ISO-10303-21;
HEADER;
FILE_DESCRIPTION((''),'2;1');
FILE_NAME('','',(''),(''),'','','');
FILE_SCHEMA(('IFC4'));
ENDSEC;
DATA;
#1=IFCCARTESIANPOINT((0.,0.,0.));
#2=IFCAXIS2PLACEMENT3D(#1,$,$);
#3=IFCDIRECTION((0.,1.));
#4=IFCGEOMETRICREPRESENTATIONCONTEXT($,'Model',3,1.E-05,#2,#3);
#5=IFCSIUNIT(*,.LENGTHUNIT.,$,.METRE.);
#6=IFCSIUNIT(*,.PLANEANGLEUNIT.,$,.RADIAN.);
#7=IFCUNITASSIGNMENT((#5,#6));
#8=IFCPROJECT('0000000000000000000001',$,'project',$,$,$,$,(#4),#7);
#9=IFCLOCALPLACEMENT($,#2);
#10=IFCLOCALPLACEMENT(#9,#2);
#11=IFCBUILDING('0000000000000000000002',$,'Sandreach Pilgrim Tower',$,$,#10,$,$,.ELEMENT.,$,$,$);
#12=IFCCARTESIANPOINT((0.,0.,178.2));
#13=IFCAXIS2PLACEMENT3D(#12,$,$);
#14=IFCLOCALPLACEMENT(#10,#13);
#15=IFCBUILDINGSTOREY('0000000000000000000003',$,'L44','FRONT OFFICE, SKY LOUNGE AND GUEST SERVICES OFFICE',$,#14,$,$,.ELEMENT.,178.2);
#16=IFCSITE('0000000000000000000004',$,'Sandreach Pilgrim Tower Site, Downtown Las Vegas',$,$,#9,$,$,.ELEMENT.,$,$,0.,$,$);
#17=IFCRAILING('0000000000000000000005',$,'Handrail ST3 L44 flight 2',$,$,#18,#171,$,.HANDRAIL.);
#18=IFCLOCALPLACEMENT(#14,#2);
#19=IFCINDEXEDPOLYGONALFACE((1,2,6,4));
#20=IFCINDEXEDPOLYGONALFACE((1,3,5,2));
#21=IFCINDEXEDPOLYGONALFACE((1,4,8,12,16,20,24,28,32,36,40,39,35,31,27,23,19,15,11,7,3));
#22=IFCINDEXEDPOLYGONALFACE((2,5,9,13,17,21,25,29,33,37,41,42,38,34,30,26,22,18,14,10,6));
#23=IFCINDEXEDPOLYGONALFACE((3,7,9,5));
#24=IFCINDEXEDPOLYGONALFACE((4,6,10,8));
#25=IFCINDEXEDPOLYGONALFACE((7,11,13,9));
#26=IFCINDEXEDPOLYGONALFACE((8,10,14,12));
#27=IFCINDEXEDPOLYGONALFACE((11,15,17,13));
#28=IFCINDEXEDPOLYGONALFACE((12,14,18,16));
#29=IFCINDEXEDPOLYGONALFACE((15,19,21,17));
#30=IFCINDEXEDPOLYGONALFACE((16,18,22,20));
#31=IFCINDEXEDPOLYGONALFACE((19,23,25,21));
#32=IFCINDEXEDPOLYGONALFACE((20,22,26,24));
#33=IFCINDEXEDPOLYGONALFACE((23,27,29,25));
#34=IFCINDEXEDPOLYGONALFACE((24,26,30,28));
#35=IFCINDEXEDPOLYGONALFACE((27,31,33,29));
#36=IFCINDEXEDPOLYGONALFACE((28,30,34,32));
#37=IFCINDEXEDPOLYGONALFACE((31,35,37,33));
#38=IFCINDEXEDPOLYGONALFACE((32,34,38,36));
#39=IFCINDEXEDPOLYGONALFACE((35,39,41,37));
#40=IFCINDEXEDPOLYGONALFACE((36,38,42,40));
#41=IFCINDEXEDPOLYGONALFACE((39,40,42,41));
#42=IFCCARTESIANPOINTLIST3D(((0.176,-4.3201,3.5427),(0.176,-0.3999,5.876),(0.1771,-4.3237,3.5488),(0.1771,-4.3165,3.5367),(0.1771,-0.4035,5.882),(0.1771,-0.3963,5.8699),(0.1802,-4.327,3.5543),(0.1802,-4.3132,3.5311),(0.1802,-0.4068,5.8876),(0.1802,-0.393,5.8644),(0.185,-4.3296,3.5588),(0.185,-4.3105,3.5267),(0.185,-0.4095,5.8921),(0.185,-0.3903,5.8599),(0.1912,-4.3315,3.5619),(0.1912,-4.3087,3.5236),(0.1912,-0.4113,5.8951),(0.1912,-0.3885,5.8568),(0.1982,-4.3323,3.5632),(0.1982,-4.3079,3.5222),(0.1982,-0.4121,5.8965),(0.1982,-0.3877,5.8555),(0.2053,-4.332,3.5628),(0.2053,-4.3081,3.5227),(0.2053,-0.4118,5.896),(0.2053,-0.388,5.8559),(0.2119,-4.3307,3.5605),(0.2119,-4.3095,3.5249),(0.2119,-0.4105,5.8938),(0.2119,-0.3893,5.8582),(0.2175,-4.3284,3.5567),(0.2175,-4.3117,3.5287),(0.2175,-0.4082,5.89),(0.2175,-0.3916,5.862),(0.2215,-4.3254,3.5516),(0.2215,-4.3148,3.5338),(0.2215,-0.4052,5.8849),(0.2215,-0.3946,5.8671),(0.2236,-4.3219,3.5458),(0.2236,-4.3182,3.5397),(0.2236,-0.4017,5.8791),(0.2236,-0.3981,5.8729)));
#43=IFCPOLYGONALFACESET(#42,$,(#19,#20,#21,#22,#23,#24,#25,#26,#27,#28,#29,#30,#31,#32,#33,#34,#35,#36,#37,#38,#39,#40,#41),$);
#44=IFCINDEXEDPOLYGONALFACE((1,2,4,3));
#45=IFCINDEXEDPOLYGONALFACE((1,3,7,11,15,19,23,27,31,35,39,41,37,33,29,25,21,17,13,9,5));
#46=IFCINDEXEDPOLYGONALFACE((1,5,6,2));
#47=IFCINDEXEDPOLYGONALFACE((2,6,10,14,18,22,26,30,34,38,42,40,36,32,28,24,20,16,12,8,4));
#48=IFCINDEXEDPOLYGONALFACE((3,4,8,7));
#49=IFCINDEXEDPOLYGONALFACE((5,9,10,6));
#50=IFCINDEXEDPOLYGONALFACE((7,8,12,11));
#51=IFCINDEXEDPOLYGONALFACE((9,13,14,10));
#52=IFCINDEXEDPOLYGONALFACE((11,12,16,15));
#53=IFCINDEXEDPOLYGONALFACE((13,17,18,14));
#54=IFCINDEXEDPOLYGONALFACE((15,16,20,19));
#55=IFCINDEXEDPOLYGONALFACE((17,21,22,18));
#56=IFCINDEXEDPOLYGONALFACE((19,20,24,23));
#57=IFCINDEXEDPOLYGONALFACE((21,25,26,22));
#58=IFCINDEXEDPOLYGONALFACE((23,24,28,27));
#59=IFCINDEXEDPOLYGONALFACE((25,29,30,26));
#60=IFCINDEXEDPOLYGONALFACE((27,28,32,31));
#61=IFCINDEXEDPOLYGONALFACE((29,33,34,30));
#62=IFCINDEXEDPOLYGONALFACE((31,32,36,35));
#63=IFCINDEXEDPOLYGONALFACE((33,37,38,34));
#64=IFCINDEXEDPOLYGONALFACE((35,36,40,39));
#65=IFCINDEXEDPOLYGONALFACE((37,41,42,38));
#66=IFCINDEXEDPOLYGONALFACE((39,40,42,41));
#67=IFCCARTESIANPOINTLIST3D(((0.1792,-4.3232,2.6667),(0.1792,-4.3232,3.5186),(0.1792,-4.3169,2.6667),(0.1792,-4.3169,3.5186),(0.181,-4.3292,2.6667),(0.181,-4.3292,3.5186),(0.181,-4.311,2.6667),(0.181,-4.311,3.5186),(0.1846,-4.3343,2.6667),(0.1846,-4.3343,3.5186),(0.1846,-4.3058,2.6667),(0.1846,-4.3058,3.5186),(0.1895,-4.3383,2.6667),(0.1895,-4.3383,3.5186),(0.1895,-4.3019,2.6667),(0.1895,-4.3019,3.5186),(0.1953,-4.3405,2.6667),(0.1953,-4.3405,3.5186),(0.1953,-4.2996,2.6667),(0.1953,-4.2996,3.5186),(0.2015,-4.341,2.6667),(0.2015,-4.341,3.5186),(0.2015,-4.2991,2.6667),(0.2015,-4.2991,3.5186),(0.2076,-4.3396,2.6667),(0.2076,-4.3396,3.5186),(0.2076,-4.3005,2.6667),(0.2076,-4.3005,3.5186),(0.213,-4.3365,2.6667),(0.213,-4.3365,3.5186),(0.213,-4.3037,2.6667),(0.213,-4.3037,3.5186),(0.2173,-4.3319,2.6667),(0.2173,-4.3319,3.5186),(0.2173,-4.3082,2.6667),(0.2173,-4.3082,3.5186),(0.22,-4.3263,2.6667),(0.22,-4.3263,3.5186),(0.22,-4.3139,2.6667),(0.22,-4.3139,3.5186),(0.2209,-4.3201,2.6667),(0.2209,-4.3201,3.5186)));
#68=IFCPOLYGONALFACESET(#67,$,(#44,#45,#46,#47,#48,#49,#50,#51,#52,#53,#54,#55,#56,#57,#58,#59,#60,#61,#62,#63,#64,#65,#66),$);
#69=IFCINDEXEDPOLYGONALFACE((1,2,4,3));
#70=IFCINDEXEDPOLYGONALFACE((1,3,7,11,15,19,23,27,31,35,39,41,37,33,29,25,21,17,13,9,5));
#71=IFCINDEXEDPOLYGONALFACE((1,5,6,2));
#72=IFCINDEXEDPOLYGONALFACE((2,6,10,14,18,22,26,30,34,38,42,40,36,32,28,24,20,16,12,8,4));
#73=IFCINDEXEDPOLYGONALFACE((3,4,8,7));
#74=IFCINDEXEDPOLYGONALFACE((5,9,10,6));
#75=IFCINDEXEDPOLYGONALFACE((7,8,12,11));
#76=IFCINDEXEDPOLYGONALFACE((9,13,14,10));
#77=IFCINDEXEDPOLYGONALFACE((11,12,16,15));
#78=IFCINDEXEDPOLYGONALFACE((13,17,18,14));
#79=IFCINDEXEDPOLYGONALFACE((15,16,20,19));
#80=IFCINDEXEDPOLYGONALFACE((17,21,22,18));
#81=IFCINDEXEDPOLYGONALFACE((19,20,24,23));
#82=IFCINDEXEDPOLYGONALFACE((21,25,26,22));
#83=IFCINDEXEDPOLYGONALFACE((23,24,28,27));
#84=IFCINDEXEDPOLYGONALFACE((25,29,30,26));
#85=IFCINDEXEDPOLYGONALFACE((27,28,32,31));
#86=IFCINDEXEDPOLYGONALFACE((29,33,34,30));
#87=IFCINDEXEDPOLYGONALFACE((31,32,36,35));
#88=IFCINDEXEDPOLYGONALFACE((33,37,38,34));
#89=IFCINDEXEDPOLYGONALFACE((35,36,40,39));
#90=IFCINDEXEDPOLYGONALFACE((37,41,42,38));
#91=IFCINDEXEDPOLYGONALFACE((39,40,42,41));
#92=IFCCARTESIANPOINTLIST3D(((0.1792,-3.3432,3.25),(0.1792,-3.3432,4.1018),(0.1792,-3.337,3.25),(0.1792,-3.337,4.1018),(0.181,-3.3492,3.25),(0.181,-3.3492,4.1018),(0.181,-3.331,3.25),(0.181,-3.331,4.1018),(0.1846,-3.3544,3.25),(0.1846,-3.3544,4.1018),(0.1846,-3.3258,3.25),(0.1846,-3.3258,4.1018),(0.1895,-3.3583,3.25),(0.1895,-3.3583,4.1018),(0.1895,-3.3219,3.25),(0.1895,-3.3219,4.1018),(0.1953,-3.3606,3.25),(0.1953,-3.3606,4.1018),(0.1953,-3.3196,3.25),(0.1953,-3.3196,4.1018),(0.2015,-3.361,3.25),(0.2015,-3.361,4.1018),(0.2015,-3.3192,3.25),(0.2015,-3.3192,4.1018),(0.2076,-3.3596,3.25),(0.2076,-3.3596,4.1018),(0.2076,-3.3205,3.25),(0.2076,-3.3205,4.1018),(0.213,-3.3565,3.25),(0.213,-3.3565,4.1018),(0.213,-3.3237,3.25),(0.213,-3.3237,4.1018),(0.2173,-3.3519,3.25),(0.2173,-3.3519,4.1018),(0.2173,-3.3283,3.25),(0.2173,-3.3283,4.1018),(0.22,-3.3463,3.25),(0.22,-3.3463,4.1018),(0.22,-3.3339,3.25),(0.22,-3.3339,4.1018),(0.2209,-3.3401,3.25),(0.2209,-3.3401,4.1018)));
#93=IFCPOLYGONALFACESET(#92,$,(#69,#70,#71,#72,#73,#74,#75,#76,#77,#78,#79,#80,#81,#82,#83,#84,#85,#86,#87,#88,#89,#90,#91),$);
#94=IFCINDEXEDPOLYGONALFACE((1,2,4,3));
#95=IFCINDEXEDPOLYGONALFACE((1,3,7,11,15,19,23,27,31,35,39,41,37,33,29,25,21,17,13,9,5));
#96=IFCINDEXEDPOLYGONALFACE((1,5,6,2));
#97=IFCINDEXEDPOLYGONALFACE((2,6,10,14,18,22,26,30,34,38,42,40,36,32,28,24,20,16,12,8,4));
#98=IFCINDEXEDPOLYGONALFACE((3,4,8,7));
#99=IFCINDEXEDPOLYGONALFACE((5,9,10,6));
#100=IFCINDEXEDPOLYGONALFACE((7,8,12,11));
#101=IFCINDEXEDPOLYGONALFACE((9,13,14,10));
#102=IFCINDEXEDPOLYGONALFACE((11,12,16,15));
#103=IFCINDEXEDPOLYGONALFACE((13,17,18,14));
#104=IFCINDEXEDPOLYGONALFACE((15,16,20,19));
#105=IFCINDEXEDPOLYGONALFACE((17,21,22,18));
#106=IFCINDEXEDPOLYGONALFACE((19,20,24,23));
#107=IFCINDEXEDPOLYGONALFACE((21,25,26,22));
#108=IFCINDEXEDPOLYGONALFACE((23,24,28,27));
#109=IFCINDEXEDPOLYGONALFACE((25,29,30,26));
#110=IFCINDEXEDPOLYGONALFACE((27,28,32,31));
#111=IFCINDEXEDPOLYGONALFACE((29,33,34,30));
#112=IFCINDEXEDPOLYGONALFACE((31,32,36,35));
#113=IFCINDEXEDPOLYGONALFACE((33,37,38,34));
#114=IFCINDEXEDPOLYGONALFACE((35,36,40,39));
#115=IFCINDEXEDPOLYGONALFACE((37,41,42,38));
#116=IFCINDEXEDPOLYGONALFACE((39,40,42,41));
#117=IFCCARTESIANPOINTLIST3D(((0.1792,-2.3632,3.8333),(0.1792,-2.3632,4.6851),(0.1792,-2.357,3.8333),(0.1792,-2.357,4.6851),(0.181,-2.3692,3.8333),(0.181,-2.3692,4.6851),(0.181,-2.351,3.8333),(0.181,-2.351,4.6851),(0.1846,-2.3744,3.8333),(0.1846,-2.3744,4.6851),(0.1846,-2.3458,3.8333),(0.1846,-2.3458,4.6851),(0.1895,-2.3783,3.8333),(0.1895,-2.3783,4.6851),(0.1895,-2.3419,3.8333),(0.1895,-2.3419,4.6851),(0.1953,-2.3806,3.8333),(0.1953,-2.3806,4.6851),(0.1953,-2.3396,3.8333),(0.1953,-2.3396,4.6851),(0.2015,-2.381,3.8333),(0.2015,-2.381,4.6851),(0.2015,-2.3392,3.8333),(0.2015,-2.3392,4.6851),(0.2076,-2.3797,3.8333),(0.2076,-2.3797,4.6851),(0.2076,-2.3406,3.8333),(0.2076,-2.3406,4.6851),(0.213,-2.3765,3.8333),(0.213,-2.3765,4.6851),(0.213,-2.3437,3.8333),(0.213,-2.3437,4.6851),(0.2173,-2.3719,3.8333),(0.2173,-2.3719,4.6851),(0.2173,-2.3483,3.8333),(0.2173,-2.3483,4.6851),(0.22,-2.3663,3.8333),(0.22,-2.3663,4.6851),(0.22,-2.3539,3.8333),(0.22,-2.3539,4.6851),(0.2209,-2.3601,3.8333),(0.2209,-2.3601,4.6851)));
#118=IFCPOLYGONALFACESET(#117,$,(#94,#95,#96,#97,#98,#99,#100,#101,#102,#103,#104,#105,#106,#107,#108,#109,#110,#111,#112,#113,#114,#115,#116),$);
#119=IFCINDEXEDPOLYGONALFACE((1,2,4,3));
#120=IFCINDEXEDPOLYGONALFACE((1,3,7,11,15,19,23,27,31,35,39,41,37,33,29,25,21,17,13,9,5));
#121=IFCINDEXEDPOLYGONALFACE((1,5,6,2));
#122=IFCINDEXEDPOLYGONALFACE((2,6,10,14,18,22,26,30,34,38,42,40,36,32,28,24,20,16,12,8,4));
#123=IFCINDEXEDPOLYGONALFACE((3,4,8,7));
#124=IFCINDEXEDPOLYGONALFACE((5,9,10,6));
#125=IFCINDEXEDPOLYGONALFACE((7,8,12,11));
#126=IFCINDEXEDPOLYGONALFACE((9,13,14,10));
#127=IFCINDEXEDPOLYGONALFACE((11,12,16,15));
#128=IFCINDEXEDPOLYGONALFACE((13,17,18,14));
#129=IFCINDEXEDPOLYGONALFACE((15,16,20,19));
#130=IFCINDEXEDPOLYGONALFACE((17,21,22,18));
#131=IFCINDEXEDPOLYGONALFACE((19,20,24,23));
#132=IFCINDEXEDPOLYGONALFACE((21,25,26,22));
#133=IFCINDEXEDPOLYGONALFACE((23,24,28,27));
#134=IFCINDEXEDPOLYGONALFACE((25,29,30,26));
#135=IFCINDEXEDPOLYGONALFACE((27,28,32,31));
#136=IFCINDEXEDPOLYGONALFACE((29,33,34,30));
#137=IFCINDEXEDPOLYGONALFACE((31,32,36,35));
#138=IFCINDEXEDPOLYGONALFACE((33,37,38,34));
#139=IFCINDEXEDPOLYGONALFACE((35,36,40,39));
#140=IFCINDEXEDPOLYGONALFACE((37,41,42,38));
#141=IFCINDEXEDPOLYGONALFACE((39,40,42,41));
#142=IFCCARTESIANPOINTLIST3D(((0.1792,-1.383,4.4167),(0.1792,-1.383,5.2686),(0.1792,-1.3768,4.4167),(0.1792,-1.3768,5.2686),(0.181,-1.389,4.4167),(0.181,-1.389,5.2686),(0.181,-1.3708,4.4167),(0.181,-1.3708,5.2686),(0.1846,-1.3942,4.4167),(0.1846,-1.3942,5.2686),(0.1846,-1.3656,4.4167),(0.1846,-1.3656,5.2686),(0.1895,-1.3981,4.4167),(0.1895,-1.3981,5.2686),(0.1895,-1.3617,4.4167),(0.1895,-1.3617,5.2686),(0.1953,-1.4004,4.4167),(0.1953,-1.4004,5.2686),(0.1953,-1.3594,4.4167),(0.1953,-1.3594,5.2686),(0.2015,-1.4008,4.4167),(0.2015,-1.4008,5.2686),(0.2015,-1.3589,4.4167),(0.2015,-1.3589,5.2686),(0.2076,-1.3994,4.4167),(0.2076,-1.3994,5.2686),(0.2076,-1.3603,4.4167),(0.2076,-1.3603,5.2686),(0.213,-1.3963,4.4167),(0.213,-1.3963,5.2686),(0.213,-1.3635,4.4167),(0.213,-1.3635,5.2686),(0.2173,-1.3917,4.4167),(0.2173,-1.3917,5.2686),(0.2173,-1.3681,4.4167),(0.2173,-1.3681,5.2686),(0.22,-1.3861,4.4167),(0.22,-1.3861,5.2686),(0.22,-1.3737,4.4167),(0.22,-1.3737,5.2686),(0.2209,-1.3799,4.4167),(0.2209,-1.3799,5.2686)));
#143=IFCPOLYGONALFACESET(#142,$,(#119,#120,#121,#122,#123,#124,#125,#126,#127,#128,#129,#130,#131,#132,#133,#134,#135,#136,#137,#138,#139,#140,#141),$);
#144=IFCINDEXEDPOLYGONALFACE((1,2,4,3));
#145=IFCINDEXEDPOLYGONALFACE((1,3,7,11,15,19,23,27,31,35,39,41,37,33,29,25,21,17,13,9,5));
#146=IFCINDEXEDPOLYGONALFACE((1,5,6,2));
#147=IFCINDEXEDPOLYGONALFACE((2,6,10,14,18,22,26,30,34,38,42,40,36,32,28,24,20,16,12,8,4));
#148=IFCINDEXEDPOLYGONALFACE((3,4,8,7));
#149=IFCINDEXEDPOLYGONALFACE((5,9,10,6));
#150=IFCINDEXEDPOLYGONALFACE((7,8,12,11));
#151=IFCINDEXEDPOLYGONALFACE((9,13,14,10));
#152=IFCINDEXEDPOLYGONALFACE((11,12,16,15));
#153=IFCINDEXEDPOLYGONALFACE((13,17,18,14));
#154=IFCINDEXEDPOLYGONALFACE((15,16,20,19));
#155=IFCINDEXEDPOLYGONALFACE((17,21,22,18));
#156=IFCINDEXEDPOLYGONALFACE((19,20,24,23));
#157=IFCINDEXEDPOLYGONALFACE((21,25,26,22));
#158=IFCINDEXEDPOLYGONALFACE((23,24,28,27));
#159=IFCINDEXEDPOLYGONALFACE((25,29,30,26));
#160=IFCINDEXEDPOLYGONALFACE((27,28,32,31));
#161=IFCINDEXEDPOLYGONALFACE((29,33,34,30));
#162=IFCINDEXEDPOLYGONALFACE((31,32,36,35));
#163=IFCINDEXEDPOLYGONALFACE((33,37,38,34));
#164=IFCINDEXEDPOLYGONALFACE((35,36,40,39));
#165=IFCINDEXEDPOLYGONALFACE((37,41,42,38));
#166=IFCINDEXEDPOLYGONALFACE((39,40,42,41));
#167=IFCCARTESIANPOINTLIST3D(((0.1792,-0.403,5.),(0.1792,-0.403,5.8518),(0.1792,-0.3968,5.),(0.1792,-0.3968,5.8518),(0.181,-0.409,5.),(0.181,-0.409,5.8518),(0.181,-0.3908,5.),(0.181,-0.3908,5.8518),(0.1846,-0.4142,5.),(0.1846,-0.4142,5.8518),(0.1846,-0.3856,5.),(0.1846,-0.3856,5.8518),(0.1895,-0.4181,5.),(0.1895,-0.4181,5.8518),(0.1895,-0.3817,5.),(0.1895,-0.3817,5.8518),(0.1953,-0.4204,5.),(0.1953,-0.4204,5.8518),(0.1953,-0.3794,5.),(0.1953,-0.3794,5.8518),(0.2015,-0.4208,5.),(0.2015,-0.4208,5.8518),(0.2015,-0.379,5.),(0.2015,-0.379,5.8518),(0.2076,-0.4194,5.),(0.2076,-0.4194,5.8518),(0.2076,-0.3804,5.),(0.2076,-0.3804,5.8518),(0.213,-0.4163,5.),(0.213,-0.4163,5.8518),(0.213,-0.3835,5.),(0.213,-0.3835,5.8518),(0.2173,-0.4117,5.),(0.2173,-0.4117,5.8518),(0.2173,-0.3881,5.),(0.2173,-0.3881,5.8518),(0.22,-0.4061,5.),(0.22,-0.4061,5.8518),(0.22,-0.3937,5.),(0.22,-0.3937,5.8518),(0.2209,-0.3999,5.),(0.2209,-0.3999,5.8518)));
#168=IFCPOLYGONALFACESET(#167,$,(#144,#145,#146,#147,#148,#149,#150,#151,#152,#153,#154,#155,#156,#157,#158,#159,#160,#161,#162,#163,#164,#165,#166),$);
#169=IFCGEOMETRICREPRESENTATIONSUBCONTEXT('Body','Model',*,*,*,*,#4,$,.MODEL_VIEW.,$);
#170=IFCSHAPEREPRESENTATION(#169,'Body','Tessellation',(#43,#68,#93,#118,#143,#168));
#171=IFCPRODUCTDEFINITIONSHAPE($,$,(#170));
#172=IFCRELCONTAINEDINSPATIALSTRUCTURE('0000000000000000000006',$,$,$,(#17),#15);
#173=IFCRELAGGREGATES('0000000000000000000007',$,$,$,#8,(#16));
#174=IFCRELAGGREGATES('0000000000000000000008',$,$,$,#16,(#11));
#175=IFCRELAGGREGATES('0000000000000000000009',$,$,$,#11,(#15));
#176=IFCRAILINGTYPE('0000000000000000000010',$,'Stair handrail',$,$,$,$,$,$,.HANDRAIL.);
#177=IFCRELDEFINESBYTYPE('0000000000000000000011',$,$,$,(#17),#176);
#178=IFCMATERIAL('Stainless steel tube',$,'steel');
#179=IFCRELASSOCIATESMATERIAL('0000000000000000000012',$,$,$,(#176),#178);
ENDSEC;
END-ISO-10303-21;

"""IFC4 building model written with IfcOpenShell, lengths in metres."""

from ifc_helpers import new_model, si_unit, direction, frame, origin, origin_2d, place, context, subcontext, project, spatial, circle, extrude, material, type_object, element, save


model = new_model("IFC4")

# Units and contexts
model_context = context("Model", 3, precision=1e-05, world=origin(), true_north=direction((0.0, 1.0)))
body_context = subcontext(model_context, "Body", "Model", "MODEL_VIEW")
ifc_project = project(units=[si_unit("LENGTHUNIT", "METRE"), si_unit("PLANEANGLEUNIT", "RADIAN")], contexts=[model_context])

# Site, building, storey
site_placement = place(None, origin())
site = spatial("IfcSite", under=ifc_project, at=site_placement, Name="Sandreach Pilgrim Tower Site, Downtown Las Vegas", CompositionType="ELEMENT", RefElevation=0.0)
building_placement = place(site_placement, origin())
building = spatial("IfcBuilding", under=site, at=building_placement, Name="Sandreach Pilgrim Tower", CompositionType="ELEMENT")
storey_placement = place(building_placement, frame((0.0, 0.0, 178.2)))
storey = spatial("IfcBuildingStorey", under=building, at=storey_placement, Name="L44", Description="FRONT OFFICE, SKY LOUNGE AND GUEST SERVICES OFFICE", CompositionType="ELEMENT", Elevation=178.2)

# Railing
ifc_material_1 = material(Name="Stainless steel tube", Category="steel")
railing_type = type_object("IfcRailingType", Name="Stair handrail", PredefinedType="HANDRAIL", material=ifc_material_1)
railing_placement = place(storey_placement, frame((0.2, -4.3201, 2.6667)))
element("IfcRailing", 1, at=railing_placement, inside=storey, type_object=railing_type, Name="Handrail ST3 L44 flight 2", PredefinedType="HANDRAIL", context=body_context, shape_type="SweptSolid", body=[
    extrude(circle(Radius=0.0239, at=origin_2d()), frame((0.0, 0.0, 0.876), z_axis=(0.0, 0.85931, 0.511455), x_axis=(-1.0, 0.0, 0.0)), (0.0, 0.0, 1.0), 4.562),
    extrude(circle(Radius=0.021, at=origin_2d()), origin(), (0.0, 0.0, 1.0), 0.8518),
    extrude(circle(Radius=0.021, at=origin_2d()), frame((0.0, 0.98, 0.5833)), (0.0, 0.0, 1.0), 0.8518),
    extrude(circle(Radius=0.021, at=origin_2d()), frame((0.0, 1.96, 1.1665)), (0.0, 0.0, 1.0), 0.8518),
    extrude(circle(Radius=0.021, at=origin_2d()), frame((0.0, 2.9402, 1.75)), (0.0, 0.0, 1.0), 0.8518),
    extrude(circle(Radius=0.021, at=origin_2d()), frame((0.0, 3.9202, 2.3333)), (0.0, 0.0, 1.0), 0.8518),
])

save(model, "model.ifc")
